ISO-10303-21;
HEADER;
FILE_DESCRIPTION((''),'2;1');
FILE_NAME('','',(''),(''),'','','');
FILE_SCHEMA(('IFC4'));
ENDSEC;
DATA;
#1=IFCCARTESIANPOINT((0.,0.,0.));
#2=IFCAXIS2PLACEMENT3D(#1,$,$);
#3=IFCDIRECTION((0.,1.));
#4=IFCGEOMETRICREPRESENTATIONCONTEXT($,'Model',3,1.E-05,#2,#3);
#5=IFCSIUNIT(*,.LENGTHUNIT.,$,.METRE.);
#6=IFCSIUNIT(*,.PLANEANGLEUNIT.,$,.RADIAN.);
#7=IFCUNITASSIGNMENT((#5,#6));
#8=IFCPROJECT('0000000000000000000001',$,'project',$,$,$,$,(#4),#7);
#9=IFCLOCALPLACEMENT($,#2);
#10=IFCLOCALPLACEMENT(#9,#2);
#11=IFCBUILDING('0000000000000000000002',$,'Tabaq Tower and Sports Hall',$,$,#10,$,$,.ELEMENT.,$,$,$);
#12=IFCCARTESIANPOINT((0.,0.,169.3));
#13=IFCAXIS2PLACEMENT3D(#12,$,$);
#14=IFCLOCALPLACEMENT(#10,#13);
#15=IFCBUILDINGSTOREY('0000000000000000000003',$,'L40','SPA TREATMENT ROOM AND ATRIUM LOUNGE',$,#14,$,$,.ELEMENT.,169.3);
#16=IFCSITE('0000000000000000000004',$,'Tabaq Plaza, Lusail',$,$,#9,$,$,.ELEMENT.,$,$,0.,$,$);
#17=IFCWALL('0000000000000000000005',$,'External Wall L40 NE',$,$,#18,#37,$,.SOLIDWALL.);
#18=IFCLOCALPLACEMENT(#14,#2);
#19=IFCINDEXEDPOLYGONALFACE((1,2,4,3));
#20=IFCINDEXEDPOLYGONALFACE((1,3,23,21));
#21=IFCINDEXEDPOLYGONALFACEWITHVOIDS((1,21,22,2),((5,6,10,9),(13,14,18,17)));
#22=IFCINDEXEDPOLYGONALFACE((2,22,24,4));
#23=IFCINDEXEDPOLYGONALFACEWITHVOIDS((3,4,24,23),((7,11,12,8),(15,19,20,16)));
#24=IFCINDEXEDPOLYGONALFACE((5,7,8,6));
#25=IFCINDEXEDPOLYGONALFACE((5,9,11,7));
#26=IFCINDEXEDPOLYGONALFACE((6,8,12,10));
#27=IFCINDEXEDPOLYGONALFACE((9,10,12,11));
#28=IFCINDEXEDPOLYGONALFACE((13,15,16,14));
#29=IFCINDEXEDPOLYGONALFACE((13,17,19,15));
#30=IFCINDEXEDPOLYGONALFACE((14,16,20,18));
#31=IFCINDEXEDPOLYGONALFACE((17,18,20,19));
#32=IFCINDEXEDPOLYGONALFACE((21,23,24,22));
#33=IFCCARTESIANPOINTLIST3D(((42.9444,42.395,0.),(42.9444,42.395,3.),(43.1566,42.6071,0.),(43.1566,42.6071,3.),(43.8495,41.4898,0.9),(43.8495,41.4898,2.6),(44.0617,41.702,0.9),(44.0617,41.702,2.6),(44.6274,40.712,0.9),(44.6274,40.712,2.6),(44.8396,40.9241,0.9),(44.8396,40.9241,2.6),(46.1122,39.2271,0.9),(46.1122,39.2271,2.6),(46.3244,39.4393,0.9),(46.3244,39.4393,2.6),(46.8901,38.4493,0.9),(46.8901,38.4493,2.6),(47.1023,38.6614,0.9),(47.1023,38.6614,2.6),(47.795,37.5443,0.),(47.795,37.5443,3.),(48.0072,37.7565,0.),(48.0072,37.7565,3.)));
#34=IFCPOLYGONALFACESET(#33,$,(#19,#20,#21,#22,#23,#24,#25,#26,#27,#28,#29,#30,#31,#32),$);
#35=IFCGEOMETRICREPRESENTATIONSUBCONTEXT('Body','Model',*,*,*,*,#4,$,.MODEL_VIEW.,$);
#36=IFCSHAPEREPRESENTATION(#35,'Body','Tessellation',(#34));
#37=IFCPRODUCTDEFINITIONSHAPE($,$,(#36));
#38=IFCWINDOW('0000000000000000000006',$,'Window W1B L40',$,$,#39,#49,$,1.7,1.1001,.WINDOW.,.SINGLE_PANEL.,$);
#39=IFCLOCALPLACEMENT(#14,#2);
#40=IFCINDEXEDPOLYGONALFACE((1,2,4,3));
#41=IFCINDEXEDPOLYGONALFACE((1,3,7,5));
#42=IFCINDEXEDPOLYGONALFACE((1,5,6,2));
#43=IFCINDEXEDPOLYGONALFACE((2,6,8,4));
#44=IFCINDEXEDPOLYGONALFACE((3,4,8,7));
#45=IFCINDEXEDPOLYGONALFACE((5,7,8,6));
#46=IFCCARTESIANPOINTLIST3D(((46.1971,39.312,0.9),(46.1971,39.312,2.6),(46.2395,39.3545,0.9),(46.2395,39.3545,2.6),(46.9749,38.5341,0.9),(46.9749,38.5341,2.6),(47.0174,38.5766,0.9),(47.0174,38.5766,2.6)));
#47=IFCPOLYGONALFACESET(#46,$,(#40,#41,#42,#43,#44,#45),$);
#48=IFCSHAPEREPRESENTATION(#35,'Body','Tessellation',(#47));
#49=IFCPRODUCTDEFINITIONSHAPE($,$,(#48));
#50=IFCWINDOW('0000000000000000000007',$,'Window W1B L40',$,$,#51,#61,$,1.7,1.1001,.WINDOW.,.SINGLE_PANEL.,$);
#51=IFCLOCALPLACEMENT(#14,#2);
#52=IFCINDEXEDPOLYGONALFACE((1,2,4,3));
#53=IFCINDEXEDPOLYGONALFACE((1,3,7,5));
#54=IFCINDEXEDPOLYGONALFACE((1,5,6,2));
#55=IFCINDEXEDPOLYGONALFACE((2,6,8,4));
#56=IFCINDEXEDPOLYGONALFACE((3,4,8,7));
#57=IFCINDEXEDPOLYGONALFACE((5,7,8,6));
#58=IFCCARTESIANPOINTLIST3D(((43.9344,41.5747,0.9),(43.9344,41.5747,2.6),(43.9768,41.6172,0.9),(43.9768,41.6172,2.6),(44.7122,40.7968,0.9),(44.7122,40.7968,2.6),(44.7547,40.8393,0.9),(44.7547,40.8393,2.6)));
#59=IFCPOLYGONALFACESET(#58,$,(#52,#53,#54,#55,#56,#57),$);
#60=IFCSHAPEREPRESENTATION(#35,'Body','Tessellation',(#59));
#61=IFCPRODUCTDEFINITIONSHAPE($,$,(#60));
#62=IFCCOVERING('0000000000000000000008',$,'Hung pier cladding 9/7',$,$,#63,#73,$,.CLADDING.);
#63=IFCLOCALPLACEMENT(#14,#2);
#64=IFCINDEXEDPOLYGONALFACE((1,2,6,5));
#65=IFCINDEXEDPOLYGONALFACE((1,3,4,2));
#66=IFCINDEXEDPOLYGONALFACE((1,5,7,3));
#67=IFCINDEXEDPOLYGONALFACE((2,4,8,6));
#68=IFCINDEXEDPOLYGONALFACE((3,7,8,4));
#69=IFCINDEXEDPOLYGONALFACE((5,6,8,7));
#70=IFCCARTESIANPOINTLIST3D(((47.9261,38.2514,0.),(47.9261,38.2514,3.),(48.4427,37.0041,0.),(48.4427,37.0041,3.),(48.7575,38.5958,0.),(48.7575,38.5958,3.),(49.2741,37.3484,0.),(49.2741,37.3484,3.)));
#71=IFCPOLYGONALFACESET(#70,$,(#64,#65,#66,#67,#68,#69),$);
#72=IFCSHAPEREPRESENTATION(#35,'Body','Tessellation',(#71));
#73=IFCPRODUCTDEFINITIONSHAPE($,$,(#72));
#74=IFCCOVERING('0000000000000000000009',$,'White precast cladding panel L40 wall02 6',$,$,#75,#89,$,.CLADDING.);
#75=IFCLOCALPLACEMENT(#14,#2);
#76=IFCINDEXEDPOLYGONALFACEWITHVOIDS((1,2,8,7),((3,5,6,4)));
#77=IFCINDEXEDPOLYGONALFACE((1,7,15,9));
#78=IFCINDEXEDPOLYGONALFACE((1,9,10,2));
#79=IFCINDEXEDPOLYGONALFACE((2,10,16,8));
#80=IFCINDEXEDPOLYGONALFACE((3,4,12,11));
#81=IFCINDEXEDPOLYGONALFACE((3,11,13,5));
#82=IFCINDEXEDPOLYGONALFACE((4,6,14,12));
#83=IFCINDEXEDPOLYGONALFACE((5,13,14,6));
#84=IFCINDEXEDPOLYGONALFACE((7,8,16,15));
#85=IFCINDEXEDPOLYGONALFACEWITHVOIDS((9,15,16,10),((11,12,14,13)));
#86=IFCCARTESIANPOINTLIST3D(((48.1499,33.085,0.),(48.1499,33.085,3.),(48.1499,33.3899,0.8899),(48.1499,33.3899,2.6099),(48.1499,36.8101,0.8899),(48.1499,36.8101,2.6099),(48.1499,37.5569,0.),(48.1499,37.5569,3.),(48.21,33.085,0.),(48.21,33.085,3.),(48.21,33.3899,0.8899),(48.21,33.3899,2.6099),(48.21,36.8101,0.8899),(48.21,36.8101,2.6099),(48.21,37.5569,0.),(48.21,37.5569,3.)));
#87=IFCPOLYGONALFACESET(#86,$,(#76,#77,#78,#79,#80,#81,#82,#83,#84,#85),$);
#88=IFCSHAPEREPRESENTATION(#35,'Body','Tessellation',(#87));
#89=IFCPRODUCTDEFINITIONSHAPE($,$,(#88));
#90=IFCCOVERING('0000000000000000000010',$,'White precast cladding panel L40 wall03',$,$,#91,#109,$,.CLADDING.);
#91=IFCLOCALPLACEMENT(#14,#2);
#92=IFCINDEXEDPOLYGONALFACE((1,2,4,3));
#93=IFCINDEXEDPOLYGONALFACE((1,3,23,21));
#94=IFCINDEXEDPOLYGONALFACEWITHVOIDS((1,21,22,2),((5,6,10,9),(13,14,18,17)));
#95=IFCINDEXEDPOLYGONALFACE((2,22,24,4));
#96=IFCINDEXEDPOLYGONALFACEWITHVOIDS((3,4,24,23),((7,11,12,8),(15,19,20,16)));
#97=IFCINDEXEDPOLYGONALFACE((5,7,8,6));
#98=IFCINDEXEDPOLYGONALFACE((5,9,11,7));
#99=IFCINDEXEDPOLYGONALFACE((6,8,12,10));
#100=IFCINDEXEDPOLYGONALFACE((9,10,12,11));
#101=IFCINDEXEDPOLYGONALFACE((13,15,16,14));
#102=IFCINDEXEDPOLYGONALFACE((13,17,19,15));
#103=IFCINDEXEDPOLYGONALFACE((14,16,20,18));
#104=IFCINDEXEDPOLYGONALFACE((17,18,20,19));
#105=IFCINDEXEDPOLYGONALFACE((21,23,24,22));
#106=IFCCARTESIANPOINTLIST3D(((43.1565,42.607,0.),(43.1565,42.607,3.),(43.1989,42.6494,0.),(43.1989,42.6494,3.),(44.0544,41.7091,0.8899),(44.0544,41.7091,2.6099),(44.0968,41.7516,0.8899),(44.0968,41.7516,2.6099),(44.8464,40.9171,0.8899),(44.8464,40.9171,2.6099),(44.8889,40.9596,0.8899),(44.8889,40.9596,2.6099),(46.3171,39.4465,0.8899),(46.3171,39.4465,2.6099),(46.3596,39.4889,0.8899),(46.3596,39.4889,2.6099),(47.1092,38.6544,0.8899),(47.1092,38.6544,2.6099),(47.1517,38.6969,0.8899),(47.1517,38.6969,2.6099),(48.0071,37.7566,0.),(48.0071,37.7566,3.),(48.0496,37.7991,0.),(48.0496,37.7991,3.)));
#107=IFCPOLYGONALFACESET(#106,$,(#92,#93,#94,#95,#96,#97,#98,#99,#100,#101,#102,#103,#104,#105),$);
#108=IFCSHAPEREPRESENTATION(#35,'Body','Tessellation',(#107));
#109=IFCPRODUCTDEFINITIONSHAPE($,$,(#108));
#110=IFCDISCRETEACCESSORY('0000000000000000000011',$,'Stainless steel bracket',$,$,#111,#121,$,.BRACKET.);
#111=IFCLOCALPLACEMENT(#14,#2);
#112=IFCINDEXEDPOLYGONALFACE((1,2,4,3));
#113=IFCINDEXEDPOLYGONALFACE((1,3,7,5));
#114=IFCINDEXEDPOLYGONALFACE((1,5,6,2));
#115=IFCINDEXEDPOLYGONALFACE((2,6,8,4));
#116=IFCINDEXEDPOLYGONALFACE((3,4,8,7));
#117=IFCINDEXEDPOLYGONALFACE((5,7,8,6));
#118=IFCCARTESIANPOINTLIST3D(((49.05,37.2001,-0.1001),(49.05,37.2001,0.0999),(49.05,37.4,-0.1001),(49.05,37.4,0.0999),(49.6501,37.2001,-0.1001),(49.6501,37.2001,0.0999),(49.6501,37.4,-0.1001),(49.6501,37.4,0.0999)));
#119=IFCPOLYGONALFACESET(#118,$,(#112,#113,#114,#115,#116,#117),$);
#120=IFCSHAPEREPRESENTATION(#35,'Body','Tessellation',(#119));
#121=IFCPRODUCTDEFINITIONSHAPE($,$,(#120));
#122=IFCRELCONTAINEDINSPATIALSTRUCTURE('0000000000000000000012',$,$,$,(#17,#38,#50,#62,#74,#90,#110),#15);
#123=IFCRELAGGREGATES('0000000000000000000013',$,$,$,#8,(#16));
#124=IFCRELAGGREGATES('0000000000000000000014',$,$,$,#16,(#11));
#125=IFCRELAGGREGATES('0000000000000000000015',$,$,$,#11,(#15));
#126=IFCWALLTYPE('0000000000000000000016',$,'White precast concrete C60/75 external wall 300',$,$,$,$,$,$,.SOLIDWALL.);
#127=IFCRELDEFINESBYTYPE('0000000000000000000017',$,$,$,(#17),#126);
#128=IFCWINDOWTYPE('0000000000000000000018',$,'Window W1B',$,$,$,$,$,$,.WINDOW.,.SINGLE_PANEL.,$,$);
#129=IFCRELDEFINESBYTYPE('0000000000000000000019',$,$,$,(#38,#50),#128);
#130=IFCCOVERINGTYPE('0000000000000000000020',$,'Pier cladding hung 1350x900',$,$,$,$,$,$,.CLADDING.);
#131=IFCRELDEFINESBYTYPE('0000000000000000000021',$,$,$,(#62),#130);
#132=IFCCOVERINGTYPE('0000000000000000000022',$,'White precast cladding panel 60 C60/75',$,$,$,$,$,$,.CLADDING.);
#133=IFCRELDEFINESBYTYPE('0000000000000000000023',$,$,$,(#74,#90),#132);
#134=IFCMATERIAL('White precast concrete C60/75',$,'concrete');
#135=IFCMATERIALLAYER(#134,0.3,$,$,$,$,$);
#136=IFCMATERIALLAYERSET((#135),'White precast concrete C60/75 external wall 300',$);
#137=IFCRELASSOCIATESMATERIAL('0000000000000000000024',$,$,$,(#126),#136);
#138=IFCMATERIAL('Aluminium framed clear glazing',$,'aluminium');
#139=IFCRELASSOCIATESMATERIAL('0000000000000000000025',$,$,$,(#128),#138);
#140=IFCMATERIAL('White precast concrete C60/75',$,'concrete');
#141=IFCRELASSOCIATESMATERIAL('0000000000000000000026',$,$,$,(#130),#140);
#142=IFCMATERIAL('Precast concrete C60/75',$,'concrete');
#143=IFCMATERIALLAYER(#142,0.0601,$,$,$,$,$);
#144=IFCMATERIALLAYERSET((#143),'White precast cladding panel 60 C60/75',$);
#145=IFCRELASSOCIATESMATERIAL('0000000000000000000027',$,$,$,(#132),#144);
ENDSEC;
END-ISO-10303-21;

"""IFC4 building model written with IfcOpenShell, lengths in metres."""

from ifc_helpers import new_model, si_unit, direction, frame, frame_2d, origin, origin_2d, place, context, subcontext, project, spatial, polyline, rectangle, outline, extrude, material, layer, layer_set, type_object, element, fill, save


model = new_model("IFC4")

# Units and contexts
model_context = context("Model", 3, precision=1e-05, world=origin(), true_north=direction((0.0, 1.0)))
body_context = subcontext(model_context, "Body", "Model", "MODEL_VIEW")
ifc_project = project(units=[si_unit("LENGTHUNIT", "METRE"), si_unit("PLANEANGLEUNIT", "RADIAN")], contexts=[model_context])

# Site, building, storey
site_placement = place(None, origin())
site = spatial("IfcSite", under=ifc_project, at=site_placement, Name="Tabaq Plaza, Lusail", CompositionType="ELEMENT", RefElevation=0.0)
building_placement = place(site_placement, origin())
building = spatial("IfcBuilding", under=site, at=building_placement, Name="Tabaq Tower and Sports Hall", CompositionType="ELEMENT")
storey_placement = place(building_placement, frame((0.0, 0.0, 169.3)))
storey = spatial("IfcBuildingStorey", under=building, at=storey_placement, Name="L40", Description="SPA TREATMENT ROOM AND ATRIUM LOUNGE", CompositionType="ELEMENT", Elevation=169.3)

# Wall, openings, windows
ifc_material_1 = material(Name="White precast concrete C60/75", Category="concrete")
ifc_layer_1 = layer(ifc_material_1, 0.3)
ifc_layer_set_1 = layer_set([ifc_layer_1], Name="White precast concrete C60/75 external wall 300")
wall_type = type_object("IfcWallType", Name="White precast concrete C60/75 external wall 300", PredefinedType="SOLIDWALL", material=ifc_layer_set_1)
wall_placement = place(storey_placement, frame((47.9011, 37.6504, 0.0), z_axis=(0.0, 0.0, 1.0), x_axis=(-0.707107, 0.707107, 0.0)))
wall = element("IfcWall", 1, at=wall_placement, inside=storey, type_object=wall_type, Name="External Wall L40 NE", PredefinedType="SOLIDWALL", context=body_context, shape_type="SweptSolid", body=[
    extrude(rectangle(XDim=6.8599, YDim=0.3, at=frame_2d((3.4299, 0.0))), origin(), (0.0, 0.0, 1.0), 3.0),
])
opening_1_placement = place(wall_placement, frame((1.2798, 0.0, 0.8999)))
opening_1 = element("IfcOpeningElement", 2, at=opening_1_placement, cuts=wall, PredefinedType="OPENING", context=body_context, shape_type="SweptSolid", body=[
    extrude(rectangle(XDim=1.1001, YDim=1.7, at=frame_2d((0.55, 0.8501))), frame((0.0, 0.1602, 0.0), z_axis=(0.0, -1.0, 0.0), x_axis=(1.0, 0.0, 0.0)), (0.0, 0.0, 1.0), 0.3201),
])
opening_2_placement = place(wall_placement, frame((4.4797, 0.0, 0.8999)))
opening_2 = element("IfcOpeningElement", 3, at=opening_2_placement, cuts=wall, PredefinedType="OPENING", context=body_context, shape_type="SweptSolid", body=[
    extrude(rectangle(XDim=1.1001, YDim=1.7, at=frame_2d((0.55, 0.8501))), frame((0.0, 0.1602, 0.0), z_axis=(0.0, -1.0, 0.0), x_axis=(1.0, 0.0, 0.0)), (0.0, 0.0, 1.0), 0.3201),
])
ifc_material_2 = material(Name="Aluminium framed clear glazing", Category="aluminium")
window_type = type_object("IfcWindowType", Name="Window W1B", PartitioningType="SINGLE_PANEL", PredefinedType="WINDOW", material=ifc_material_2)
window_1_placement = place(opening_1_placement, origin())
window_1 = element("IfcWindow", 4, at=window_1_placement, inside=storey, type_object=window_type, Name="Window W1B L40", OverallHeight=1.7, OverallWidth=1.1001, PartitioningType="SINGLE_PANEL", PredefinedType="WINDOW", context=body_context, shape_type="SweptSolid", body=[
    extrude(rectangle(XDim=1.1001, YDim=1.7, at=frame_2d((0.55, 0.8501))), frame((0.0, 0.03, 0.0), z_axis=(0.0, -1.0, 0.0), x_axis=(1.0, 0.0, 0.0)), (0.0, 0.0, 1.0), 0.0601),
])
fill(opening_1, window_1)
window_2_placement = place(opening_2_placement, origin())
window_2 = element("IfcWindow", 5, at=window_2_placement, inside=storey, type_object=window_type, Name="Window W1B L40", OverallHeight=1.7, OverallWidth=1.1001, PartitioningType="SINGLE_PANEL", PredefinedType="WINDOW", context=body_context, shape_type="SweptSolid", body=[
    extrude(rectangle(XDim=1.1001, YDim=1.7, at=frame_2d((0.55, 0.8501))), frame((0.0, 0.03, 0.0), z_axis=(0.0, -1.0, 0.0), x_axis=(1.0, 0.0, 0.0)), (0.0, 0.0, 1.0), 0.0601),
])
fill(opening_2, window_2)

# Coverings
ifc_material_3 = material(Name="White precast concrete C60/75", Category="concrete")
covering_type_1 = type_object("IfcCoveringType", Name="Pier cladding hung 1350x900", PredefinedType="CLADDING", material=ifc_material_3)
covering_1_placement = place(storey_placement, frame((48.8584, 37.1763, 0.0), z_axis=(0.0, 0.0, 1.0), x_axis=(-0.38265, 0.923893, 0.0)))
element("IfcCovering", 6, at=covering_1_placement, inside=storey, type_object=covering_type_1, Name="Hung pier cladding 9/7", PredefinedType="CLADDING", context=body_context, shape_type="SweptSolid", body=[
    extrude(rectangle(XDim=1.3501, YDim=0.8999, at=frame_2d((0.675, 0.0))), origin(), (0.0, 0.0, 1.0), 3.0),
])
ifc_material_4 = material(Name="Precast concrete C60/75", Category="concrete")
ifc_layer_2 = layer(ifc_material_4, 0.0601)
ifc_layer_set_2 = layer_set([ifc_layer_2], Name="White precast cladding panel 60 C60/75")
covering_type_2 = type_object("IfcCoveringType", Name="White precast cladding panel 60 C60/75", PredefinedType="CLADDING", material=ifc_layer_set_2)
covering_2_placement = place(storey_placement, frame((48.1799, 33.085, 0.0), z_axis=(0.0, 0.0, 1.0), x_axis=(0.0, 1.0, 0.0)))
element("IfcCovering", 7, at=covering_2_placement, inside=storey, type_object=covering_type_2, Name="White precast cladding panel L40 wall02 6", PredefinedType="CLADDING", context=body_context, shape_type="SweptSolid", body=[
    extrude(outline(polyline([(0.0, 0.0), (4.4719, 0.0), (4.4719, 3.0), (0.0, 3.0), (0.0, 0.0)]), holes=[polyline([(0.3049, 0.8899), (0.3049, 2.6099), (3.7251, 2.6099), (3.7251, 0.8899), (0.3049, 0.8899)])]), frame((0.0, 0.03, 0.0), z_axis=(0.0, -1.0, 0.0), x_axis=(1.0, 0.0, 0.0)), (0.0, 0.0, 1.0), 0.0601),
])
covering_3_placement = place(storey_placement, frame((48.0283, 37.7778, 0.0), z_axis=(0.0, 0.0, 1.0), x_axis=(-0.707125, 0.707089, 0.0)))
element("IfcCovering", 8, at=covering_3_placement, inside=storey, type_object=covering_type_2, Name="White precast cladding panel L40 wall03", PredefinedType="CLADDING", context=body_context, shape_type="SweptSolid", body=[
    extrude(outline(polyline([(0.0, 0.0), (6.8596, 0.0), (6.8596, 3.0), (0.0, 3.0), (0.0, 0.0)]), holes=[polyline([(1.2698, 2.6099), (2.3899, 2.6099), (2.3899, 0.8899), (1.2698, 0.8899), (1.2698, 2.6099)]), polyline([(4.4697, 2.6099), (5.5898, 2.6099), (5.5898, 0.8899), (4.4697, 0.8899), (4.4697, 2.6099)])]), frame((0.0, 0.03, 0.0), z_axis=(0.0, -1.0, 0.0), x_axis=(1.0, 0.0, 0.0)), (0.0, 0.0, 1.0), 0.0601),
])

# Discrete accessory
discrete_accessory_placement = place(storey_placement, frame((49.3501, 37.3, -0.1001), z_axis=(0.0, 0.0, 1.0), x_axis=(1.0, 0.0, 0.0)))
element("IfcDiscreteAccessory", 9, at=discrete_accessory_placement, inside=storey, Name="Stainless steel bracket", PredefinedType="BRACKET", context=body_context, shape_type="SweptSolid", body=[
    extrude(rectangle(XDim=0.6001, YDim=0.2, at=origin_2d()), origin(), (0.0, 0.0, 1.0), 0.2),
])

save(model, "model.ifc")
